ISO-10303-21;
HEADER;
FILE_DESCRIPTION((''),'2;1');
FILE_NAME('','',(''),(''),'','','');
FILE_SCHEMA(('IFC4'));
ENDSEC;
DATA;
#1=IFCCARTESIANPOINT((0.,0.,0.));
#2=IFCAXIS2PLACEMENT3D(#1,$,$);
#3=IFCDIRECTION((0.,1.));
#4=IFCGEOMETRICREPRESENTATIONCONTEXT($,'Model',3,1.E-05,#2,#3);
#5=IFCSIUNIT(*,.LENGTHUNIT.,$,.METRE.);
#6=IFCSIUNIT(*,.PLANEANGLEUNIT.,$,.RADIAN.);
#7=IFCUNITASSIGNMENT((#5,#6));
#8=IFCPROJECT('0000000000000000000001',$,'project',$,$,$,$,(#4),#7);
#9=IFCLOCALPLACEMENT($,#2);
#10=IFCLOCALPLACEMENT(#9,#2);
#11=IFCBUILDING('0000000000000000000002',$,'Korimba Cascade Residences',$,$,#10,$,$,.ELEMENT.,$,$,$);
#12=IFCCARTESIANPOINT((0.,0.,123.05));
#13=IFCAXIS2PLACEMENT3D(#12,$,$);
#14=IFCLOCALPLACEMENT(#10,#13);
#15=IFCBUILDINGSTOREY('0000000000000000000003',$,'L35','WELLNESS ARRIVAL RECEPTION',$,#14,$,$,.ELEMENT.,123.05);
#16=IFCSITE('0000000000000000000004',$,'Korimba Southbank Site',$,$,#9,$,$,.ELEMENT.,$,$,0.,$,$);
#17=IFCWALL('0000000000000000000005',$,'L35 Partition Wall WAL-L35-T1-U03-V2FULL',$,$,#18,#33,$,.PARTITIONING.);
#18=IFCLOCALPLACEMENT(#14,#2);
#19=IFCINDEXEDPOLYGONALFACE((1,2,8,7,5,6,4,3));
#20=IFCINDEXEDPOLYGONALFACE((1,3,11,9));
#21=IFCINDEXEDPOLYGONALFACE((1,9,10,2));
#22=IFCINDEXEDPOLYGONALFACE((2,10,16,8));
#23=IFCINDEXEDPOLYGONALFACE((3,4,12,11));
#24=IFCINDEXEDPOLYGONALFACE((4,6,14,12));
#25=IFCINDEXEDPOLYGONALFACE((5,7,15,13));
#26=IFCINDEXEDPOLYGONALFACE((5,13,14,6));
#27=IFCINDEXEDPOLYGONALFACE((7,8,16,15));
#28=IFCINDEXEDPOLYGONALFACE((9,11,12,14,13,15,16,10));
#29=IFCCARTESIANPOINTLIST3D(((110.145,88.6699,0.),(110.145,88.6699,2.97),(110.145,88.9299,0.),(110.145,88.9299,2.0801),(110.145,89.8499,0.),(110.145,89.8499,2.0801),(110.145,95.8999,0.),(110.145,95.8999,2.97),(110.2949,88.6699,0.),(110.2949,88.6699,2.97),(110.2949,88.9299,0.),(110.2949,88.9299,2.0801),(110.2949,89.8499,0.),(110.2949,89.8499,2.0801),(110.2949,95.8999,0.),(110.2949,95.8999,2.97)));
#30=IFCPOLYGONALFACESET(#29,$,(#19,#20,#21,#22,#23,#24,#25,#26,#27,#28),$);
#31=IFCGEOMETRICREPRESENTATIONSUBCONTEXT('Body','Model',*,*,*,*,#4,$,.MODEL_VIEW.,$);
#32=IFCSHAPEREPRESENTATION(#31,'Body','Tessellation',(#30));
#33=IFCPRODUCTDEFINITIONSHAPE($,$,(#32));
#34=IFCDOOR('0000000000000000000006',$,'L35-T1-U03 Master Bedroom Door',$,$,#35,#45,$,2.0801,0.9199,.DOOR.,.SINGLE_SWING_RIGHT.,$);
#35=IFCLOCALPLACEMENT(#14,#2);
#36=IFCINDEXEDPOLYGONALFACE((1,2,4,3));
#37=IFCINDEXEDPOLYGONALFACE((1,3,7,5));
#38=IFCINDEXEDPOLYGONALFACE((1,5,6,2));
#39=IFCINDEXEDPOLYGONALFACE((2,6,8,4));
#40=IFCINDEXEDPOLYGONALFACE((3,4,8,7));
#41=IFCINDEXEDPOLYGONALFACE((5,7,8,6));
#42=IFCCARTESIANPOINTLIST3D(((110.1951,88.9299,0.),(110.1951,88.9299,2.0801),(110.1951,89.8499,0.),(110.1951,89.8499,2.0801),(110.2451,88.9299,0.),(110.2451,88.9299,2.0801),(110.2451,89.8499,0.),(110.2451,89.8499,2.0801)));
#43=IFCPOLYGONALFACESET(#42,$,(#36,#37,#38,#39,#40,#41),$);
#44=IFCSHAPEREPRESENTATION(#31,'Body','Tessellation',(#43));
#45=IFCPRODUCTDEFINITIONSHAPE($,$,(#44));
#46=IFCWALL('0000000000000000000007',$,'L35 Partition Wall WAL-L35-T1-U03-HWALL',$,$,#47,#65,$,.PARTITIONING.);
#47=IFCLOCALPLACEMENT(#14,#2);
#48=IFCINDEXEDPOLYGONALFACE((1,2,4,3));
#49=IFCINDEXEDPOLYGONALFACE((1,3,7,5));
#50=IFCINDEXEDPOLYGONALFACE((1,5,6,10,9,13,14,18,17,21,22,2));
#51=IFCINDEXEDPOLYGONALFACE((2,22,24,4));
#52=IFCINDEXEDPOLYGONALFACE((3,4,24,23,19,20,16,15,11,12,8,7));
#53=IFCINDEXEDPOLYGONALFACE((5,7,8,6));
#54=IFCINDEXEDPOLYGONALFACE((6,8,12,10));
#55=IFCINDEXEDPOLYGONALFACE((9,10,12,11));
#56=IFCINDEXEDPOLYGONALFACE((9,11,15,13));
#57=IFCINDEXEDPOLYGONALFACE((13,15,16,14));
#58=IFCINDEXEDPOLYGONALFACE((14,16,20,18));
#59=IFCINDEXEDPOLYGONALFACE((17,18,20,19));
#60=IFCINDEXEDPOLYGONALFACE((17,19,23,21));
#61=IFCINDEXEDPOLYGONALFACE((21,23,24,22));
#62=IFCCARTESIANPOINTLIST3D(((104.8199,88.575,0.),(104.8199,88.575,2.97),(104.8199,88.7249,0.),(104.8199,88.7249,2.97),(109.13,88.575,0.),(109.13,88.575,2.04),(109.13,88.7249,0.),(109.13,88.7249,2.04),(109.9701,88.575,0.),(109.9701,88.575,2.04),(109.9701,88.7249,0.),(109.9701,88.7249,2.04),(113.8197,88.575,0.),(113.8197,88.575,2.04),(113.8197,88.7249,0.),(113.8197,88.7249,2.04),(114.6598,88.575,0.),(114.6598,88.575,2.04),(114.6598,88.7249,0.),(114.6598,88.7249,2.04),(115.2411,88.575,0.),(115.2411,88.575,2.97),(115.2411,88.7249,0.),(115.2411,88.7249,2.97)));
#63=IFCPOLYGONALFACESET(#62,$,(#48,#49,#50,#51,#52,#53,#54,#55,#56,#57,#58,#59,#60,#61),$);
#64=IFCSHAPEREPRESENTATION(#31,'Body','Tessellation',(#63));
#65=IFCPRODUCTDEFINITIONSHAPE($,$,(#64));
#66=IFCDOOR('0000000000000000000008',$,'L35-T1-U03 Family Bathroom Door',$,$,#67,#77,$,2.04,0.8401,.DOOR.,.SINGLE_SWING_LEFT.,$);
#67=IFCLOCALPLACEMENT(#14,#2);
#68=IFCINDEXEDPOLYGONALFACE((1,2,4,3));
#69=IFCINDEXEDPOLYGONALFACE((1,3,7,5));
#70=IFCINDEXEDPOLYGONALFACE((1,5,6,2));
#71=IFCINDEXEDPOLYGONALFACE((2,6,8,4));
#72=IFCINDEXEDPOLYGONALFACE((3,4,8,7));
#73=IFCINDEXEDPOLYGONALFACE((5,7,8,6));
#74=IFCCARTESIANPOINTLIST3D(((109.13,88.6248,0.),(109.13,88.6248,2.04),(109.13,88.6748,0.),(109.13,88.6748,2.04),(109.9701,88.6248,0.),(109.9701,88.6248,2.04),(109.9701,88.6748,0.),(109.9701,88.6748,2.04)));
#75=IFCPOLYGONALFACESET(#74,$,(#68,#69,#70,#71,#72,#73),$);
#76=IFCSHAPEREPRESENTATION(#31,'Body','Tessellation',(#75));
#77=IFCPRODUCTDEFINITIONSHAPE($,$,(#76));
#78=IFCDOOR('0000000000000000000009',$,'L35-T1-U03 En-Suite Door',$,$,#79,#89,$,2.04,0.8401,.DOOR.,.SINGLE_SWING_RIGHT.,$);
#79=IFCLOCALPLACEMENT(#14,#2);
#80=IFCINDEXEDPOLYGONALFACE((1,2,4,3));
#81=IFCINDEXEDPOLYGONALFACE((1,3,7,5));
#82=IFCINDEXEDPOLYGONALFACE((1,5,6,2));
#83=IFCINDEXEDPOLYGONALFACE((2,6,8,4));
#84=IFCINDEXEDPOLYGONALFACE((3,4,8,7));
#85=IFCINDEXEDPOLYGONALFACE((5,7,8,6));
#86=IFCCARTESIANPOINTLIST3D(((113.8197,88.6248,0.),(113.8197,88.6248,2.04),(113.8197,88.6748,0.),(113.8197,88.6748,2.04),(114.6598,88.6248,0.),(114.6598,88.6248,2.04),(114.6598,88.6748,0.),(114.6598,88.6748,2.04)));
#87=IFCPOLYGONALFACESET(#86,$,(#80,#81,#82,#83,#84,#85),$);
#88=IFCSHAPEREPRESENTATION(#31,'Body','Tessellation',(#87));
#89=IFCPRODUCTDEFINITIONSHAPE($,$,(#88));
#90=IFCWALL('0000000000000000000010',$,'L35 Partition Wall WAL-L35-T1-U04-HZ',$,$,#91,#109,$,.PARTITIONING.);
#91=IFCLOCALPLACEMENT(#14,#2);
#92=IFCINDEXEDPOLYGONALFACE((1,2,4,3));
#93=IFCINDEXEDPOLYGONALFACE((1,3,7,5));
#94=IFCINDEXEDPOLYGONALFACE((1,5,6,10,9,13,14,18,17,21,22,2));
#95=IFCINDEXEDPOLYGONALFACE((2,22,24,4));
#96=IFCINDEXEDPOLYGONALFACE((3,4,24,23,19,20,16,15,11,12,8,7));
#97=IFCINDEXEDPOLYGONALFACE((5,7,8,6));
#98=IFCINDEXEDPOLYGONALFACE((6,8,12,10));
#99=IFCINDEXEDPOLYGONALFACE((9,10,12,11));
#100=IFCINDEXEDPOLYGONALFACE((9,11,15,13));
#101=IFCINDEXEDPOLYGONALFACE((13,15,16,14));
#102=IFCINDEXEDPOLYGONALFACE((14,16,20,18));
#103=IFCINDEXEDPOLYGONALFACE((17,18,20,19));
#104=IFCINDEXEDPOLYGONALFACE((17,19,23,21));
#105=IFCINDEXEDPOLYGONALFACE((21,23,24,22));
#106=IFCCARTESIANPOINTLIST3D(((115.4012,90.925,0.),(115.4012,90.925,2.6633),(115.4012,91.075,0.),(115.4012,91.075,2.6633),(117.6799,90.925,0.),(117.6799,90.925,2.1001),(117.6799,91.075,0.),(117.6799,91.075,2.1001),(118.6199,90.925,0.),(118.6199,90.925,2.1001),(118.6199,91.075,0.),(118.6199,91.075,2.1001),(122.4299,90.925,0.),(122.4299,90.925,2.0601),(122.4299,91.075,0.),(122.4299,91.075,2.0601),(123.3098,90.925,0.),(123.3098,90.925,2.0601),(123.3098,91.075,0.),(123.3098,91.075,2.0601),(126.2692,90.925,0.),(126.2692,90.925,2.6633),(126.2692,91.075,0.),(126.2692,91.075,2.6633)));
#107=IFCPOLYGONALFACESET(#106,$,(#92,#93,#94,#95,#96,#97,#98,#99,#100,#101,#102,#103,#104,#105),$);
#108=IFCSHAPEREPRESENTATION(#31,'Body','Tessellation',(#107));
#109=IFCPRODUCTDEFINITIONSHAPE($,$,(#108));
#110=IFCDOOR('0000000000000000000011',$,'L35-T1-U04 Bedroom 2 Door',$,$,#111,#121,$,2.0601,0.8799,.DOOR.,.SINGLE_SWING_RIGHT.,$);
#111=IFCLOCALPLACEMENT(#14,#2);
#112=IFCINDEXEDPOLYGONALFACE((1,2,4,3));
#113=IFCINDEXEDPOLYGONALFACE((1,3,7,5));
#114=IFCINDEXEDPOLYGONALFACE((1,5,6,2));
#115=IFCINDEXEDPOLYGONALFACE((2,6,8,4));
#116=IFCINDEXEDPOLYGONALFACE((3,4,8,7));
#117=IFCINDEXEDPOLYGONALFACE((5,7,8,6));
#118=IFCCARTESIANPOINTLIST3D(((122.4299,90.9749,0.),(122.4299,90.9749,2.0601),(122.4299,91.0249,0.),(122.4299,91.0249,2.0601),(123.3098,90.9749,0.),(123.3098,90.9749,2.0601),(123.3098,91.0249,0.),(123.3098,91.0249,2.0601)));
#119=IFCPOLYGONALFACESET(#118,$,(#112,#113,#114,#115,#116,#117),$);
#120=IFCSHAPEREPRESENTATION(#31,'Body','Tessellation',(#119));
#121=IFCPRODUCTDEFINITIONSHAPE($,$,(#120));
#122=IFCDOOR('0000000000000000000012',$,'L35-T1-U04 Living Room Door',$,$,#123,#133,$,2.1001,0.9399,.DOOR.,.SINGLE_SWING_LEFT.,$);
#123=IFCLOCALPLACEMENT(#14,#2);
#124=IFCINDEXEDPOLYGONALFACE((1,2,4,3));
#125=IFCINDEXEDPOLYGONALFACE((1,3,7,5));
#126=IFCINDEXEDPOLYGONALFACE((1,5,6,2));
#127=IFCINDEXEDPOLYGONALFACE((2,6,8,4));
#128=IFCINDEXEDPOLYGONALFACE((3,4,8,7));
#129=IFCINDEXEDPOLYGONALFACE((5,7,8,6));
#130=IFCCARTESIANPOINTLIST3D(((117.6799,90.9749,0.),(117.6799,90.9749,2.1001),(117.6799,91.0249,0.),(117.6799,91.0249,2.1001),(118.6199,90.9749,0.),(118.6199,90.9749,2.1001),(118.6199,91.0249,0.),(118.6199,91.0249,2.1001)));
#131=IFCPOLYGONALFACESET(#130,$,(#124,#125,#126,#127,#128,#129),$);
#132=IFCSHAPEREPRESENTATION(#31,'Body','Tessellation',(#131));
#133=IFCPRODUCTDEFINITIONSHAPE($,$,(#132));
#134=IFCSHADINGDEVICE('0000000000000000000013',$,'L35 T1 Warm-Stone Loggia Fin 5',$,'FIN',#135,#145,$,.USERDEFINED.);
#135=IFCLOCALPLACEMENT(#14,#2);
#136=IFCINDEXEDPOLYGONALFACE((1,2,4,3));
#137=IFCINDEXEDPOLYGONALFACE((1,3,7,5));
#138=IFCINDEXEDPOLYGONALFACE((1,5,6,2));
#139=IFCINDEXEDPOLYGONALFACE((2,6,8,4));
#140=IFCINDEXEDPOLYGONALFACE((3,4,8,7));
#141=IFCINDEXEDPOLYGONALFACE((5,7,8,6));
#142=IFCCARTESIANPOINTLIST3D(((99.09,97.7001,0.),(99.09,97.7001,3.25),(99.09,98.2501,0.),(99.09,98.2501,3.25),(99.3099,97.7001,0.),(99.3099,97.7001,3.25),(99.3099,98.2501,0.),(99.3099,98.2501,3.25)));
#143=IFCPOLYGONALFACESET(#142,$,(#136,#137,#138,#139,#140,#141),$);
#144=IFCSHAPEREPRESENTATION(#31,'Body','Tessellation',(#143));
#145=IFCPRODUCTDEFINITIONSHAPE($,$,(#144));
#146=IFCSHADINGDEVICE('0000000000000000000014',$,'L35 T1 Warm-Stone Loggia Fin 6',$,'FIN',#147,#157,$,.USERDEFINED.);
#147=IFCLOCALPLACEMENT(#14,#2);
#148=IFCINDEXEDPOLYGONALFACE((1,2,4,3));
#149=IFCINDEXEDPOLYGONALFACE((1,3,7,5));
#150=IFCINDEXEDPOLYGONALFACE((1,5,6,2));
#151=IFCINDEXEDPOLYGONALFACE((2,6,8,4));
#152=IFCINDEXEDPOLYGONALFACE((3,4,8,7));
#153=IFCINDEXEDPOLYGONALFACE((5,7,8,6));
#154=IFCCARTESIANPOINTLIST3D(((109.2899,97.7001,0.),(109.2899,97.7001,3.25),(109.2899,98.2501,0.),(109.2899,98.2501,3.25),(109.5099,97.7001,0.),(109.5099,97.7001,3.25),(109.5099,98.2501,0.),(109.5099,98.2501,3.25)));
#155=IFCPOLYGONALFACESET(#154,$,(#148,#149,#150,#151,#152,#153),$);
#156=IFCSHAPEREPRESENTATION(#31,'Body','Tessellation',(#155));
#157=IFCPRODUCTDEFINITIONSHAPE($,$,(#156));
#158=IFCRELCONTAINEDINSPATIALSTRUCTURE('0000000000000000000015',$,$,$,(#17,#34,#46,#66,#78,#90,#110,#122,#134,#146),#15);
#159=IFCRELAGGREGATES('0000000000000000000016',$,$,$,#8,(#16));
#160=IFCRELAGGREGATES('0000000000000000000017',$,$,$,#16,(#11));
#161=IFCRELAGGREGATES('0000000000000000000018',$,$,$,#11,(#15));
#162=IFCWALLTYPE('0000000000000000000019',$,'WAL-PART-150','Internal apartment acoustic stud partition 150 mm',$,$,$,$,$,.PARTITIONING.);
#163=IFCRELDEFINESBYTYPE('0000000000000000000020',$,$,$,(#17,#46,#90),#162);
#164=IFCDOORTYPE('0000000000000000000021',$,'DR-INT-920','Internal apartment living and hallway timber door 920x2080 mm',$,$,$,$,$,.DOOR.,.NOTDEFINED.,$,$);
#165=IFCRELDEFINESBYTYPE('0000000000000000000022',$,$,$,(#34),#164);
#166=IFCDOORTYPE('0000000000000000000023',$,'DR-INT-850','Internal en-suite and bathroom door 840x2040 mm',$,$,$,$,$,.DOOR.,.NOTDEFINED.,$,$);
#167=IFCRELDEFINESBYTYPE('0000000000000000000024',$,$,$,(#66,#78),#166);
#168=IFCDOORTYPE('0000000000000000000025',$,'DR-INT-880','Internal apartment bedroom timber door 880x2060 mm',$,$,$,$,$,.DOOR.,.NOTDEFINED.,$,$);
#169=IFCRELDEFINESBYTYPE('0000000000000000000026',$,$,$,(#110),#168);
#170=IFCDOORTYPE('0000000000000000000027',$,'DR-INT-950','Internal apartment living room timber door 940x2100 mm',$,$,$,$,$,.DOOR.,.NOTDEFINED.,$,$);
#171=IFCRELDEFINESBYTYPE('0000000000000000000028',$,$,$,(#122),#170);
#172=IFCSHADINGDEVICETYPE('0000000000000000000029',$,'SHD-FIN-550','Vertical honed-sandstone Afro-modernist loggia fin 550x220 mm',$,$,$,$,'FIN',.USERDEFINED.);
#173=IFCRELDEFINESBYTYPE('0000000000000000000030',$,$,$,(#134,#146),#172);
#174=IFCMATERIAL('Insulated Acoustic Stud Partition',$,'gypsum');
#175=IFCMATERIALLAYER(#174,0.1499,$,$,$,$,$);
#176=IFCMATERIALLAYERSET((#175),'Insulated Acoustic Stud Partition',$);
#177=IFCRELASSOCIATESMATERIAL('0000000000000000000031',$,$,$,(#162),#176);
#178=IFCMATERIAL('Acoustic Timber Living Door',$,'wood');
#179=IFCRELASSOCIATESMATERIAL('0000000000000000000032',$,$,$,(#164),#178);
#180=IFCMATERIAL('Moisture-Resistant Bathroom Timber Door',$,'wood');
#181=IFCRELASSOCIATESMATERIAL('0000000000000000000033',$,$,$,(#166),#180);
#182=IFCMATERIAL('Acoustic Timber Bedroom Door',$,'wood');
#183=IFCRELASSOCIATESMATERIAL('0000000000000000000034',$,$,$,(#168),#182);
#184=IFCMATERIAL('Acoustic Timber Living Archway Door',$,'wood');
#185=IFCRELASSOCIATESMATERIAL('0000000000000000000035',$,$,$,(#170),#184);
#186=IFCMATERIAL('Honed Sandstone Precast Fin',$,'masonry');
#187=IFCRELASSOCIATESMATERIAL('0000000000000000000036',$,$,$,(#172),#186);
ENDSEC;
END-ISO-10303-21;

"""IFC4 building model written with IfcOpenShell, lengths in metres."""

from ifc_helpers import new_model, si_unit, direction, frame, frame_2d, origin, origin_2d, place, context, subcontext, project, spatial, rectangle, extrude, material, layer, layer_set, type_object, element, fill, save


model = new_model("IFC4")

# Units and contexts
model_context = context("Model", 3, precision=1e-05, world=origin(), true_north=direction((0.0, 1.0)))
body_context = subcontext(model_context, "Body", "Model", "MODEL_VIEW")
ifc_project = project(units=[si_unit("LENGTHUNIT", "METRE"), si_unit("PLANEANGLEUNIT", "RADIAN")], contexts=[model_context])

# Site, building, storey
site_placement = place(None, origin())
site = spatial("IfcSite", under=ifc_project, at=site_placement, Name="Korimba Southbank Site", CompositionType="ELEMENT", RefElevation=0.0)
building_placement = place(site_placement, origin())
building = spatial("IfcBuilding", under=site, at=building_placement, Name="Korimba Cascade Residences", CompositionType="ELEMENT")
storey_placement = place(building_placement, frame((0.0, 0.0, 123.05)))
storey = spatial("IfcBuildingStorey", under=building, at=storey_placement, Name="L35", Description="WELLNESS ARRIVAL RECEPTION", CompositionType="ELEMENT", Elevation=123.05)

# Shared definitions
ifc_material_1 = material(Name="Insulated Acoustic Stud Partition", Category="gypsum")
ifc_layer = layer(ifc_material_1, 0.1499)
ifc_layer_set = layer_set([ifc_layer], Name="Insulated Acoustic Stud Partition")
wall_type = type_object("IfcWallType", Name="WAL-PART-150", Description="Internal apartment acoustic stud partition 150 mm", PredefinedType="PARTITIONING", material=ifc_layer_set)
ifc_material_2 = material(Name="Acoustic Timber Living Door", Category="wood")
door_type_1 = type_object("IfcDoorType", Name="DR-INT-920", Description="Internal apartment living and hallway timber door 920x2080 mm", OperationType="NOTDEFINED", PredefinedType="DOOR", material=ifc_material_2)

# Wall, opening, door
wall_1_placement = place(storey_placement, frame((110.22, 88.6699, 0.0), z_axis=(0.0, 0.0, 1.0), x_axis=(0.0, 1.0, 0.0)))
wall_1 = element("IfcWall", 1, at=wall_1_placement, inside=storey, type_object=wall_type, Name="L35 Partition Wall WAL-L35-T1-U03-V2FULL", PredefinedType="PARTITIONING", context=body_context, shape_type="SweptSolid", body=[
    extrude(rectangle(XDim=7.23, YDim=0.1499, at=frame_2d((3.615, 0.0))), origin(), (0.0, 0.0, 1.0), 2.97),
])
opening_1_placement = place(wall_1_placement, frame((0.26, 0.0, 0.0)))
opening_1 = element("IfcOpeningElement", 2, at=opening_1_placement, cuts=wall_1, PredefinedType="OPENING", context=body_context, shape_type="SweptSolid", body=[
    extrude(rectangle(XDim=0.9199, YDim=2.0801, at=frame_2d((0.46, 1.04))), frame((0.0, 0.085, 0.0), z_axis=(0.0, -1.0, 0.0), x_axis=(1.0, 0.0, 0.0)), (0.0, 0.0, 1.0), 0.1699),
])
door_1_placement = place(opening_1_placement, origin())
door_1 = element("IfcDoor", 3, at=door_1_placement, inside=storey, type_object=door_type_1, Name="L35-T1-U03 Master Bedroom Door", OperationType="SINGLE_SWING_RIGHT", OverallHeight=2.0801, OverallWidth=0.9199, PredefinedType="DOOR", context=body_context, shape_type="SweptSolid", body=[
    extrude(rectangle(XDim=0.9199, YDim=2.0801, at=frame_2d((0.46, 1.04))), frame((0.0, 0.0249, 0.0), z_axis=(0.0, -1.0, 0.0), x_axis=(1.0, 0.0, 0.0)), (0.0, 0.0, 1.0), 0.05),
])
fill(opening_1, door_1)

# Walls, openings, doors
wall_2_placement = place(storey_placement, frame((104.8201, 88.6499, 0.0), z_axis=(0.0, 0.0, 1.0), x_axis=(1.0, 0.0, 0.0)))
wall_2 = element("IfcWall", 4, at=wall_2_placement, inside=storey, type_object=wall_type, Name="L35 Partition Wall WAL-L35-T1-U03-HWALL", PredefinedType="PARTITIONING", context=body_context, shape_type="SweptSolid", body=[
    extrude(rectangle(XDim=10.4211, YDim=0.1499, at=frame_2d((5.2104, 0.0))), origin(), (0.0, 0.0, 1.0), 2.97),
])
opening_2_placement = place(wall_2_placement, frame((4.3101, 0.0, 0.0)))
opening_2 = element("IfcOpeningElement", 5, at=opening_2_placement, cuts=wall_2, PredefinedType="OPENING", context=body_context, shape_type="SweptSolid", body=[
    extrude(rectangle(XDim=0.8401, YDim=2.04, at=frame_2d((0.4199, 1.02))), frame((0.0, 0.085, 0.0), z_axis=(0.0, -1.0, 0.0), x_axis=(1.0, 0.0, 0.0)), (0.0, 0.0, 1.0), 0.1699),
])
opening_3_placement = place(wall_2_placement, frame((8.9998, 0.0, 0.0)))
opening_3 = element("IfcOpeningElement", 6, at=opening_3_placement, cuts=wall_2, PredefinedType="OPENING", context=body_context, shape_type="SweptSolid", body=[
    extrude(rectangle(XDim=0.8401, YDim=2.04, at=frame_2d((0.4199, 1.02))), frame((0.0, 0.085, 0.0), z_axis=(0.0, -1.0, 0.0), x_axis=(1.0, 0.0, 0.0)), (0.0, 0.0, 1.0), 0.1699),
])
ifc_material_3 = material(Name="Moisture-Resistant Bathroom Timber Door", Category="wood")
door_type_2 = type_object("IfcDoorType", Name="DR-INT-850", Description="Internal en-suite and bathroom door 840x2040 mm", OperationType="NOTDEFINED", PredefinedType="DOOR", material=ifc_material_3)
door_2_placement = place(opening_2_placement, origin())
door_2 = element("IfcDoor", 7, at=door_2_placement, inside=storey, type_object=door_type_2, Name="L35-T1-U03 Family Bathroom Door", OperationType="SINGLE_SWING_LEFT", OverallHeight=2.04, OverallWidth=0.8401, PredefinedType="DOOR", context=body_context, shape_type="SweptSolid", body=[
    extrude(rectangle(XDim=0.8401, YDim=2.04, at=frame_2d((0.4199, 1.02))), frame((0.0, 0.0249, 0.0), z_axis=(0.0, -1.0, 0.0), x_axis=(1.0, 0.0, 0.0)), (0.0, 0.0, 1.0), 0.05),
])
fill(opening_2, door_2)
door_3_placement = place(opening_3_placement, origin())
door_3 = element("IfcDoor", 8, at=door_3_placement, inside=storey, type_object=door_type_2, Name="L35-T1-U03 En-Suite Door", OperationType="SINGLE_SWING_RIGHT", OverallHeight=2.04, OverallWidth=0.8401, PredefinedType="DOOR", context=body_context, shape_type="SweptSolid", body=[
    extrude(rectangle(XDim=0.8401, YDim=2.04, at=frame_2d((0.4199, 1.02))), frame((0.0, 0.0249, 0.0), z_axis=(0.0, -1.0, 0.0), x_axis=(1.0, 0.0, 0.0)), (0.0, 0.0, 1.0), 0.05),
])
fill(opening_3, door_3)
wall_3_placement = place(storey_placement, frame((115.4011, 91.0, 0.0), z_axis=(0.0, 0.0, 1.0), x_axis=(1.0, 0.0, 0.0)))
wall_3 = element("IfcWall", 9, at=wall_3_placement, inside=storey, type_object=wall_type, Name="L35 Partition Wall WAL-L35-T1-U04-HZ", PredefinedType="PARTITIONING", context=body_context, shape_type="SweptSolid", body=[
    extrude(rectangle(XDim=10.8679, YDim=0.1499, at=frame_2d((5.4341, 0.0))), origin(), (0.0, 0.0, 1.0), 2.6633),
])
opening_4_placement = place(wall_3_placement, frame((2.2788, 0.0, 0.0)))
opening_4 = element("IfcOpeningElement", 10, at=opening_4_placement, cuts=wall_3, PredefinedType="OPENING", context=body_context, shape_type="SweptSolid", body=[
    extrude(rectangle(XDim=0.9399, YDim=2.1001, at=frame_2d((0.47, 1.05))), frame((0.0, 0.085, 0.0), z_axis=(0.0, -1.0, 0.0), x_axis=(1.0, 0.0, 0.0)), (0.0, 0.0, 1.0), 0.1699),
])
opening_5_placement = place(wall_3_placement, frame((7.0288, 0.0, 0.0)))
opening_5 = element("IfcOpeningElement", 11, at=opening_5_placement, cuts=wall_3, PredefinedType="OPENING", context=body_context, shape_type="SweptSolid", body=[
    extrude(rectangle(XDim=0.8799, YDim=2.0601, at=frame_2d((0.4399, 1.03))), frame((0.0, 0.085, 0.0), z_axis=(0.0, -1.0, 0.0), x_axis=(1.0, 0.0, 0.0)), (0.0, 0.0, 1.0), 0.1699),
])
ifc_material_4 = material(Name="Acoustic Timber Bedroom Door", Category="wood")
door_type_3 = type_object("IfcDoorType", Name="DR-INT-880", Description="Internal apartment bedroom timber door 880x2060 mm", OperationType="NOTDEFINED", PredefinedType="DOOR", material=ifc_material_4)
door_4_placement = place(opening_5_placement, origin())
door_4 = element("IfcDoor", 12, at=door_4_placement, inside=storey, type_object=door_type_3, Name="L35-T1-U04 Bedroom 2 Door", OperationType="SINGLE_SWING_RIGHT", OverallHeight=2.0601, OverallWidth=0.8799, PredefinedType="DOOR", context=body_context, shape_type="SweptSolid", body=[
    extrude(rectangle(XDim=0.8799, YDim=2.0601, at=frame_2d((0.4399, 1.03))), frame((0.0, 0.0249, 0.0), z_axis=(0.0, -1.0, 0.0), x_axis=(1.0, 0.0, 0.0)), (0.0, 0.0, 1.0), 0.05),
])
fill(opening_5, door_4)
ifc_material_5 = material(Name="Acoustic Timber Living Archway Door", Category="wood")
door_type_4 = type_object("IfcDoorType", Name="DR-INT-950", Description="Internal apartment living room timber door 940x2100 mm", OperationType="NOTDEFINED", PredefinedType="DOOR", material=ifc_material_5)
door_5_placement = place(opening_4_placement, origin())
door_5 = element("IfcDoor", 13, at=door_5_placement, inside=storey, type_object=door_type_4, Name="L35-T1-U04 Living Room Door", OperationType="SINGLE_SWING_LEFT", OverallHeight=2.1001, OverallWidth=0.9399, PredefinedType="DOOR", context=body_context, shape_type="SweptSolid", body=[
    extrude(rectangle(XDim=0.9399, YDim=2.1001, at=frame_2d((0.47, 1.05))), frame((0.0, 0.0249, 0.0), z_axis=(0.0, -1.0, 0.0), x_axis=(1.0, 0.0, 0.0)), (0.0, 0.0, 1.0), 0.05),
])
fill(opening_4, door_5)

# Shading devices
ifc_material_6 = material(Name="Honed Sandstone Precast Fin", Category="masonry")
shading_device_type = type_object("IfcShadingDeviceType", Name="SHD-FIN-550", Description="Vertical honed-sandstone Afro-modernist loggia fin 550x220 mm", ElementType="FIN", PredefinedType="USERDEFINED", material=ifc_material_6)
for number, where, z_axis, x_axis, name in (
    (14, (99.2, 97.9751, 0.0), (0.0, 0.0, 1.0), (1.0, 0.0, 0.0), "L35 T1 Warm-Stone Loggia Fin 5"),
    (15, (109.3999, 97.9751, 0.0), (0.0, 0.0, 1.0), (1.0, 0.0, 0.0), "L35 T1 Warm-Stone Loggia Fin 6"),
):
    element("IfcShadingDevice", number, at=place(storey_placement, frame(where, z_axis=z_axis, x_axis=x_axis)), inside=storey, type_object=shading_device_type, Name=name, ObjectType="FIN", PredefinedType="USERDEFINED", context=body_context, shape_type="SweptSolid", body=[
        extrude(rectangle(XDim=0.22, YDim=0.55, at=origin_2d()), origin(), (0.0, 0.0, 1.0), 3.25),
    ])

save(model, "model.ifc")
